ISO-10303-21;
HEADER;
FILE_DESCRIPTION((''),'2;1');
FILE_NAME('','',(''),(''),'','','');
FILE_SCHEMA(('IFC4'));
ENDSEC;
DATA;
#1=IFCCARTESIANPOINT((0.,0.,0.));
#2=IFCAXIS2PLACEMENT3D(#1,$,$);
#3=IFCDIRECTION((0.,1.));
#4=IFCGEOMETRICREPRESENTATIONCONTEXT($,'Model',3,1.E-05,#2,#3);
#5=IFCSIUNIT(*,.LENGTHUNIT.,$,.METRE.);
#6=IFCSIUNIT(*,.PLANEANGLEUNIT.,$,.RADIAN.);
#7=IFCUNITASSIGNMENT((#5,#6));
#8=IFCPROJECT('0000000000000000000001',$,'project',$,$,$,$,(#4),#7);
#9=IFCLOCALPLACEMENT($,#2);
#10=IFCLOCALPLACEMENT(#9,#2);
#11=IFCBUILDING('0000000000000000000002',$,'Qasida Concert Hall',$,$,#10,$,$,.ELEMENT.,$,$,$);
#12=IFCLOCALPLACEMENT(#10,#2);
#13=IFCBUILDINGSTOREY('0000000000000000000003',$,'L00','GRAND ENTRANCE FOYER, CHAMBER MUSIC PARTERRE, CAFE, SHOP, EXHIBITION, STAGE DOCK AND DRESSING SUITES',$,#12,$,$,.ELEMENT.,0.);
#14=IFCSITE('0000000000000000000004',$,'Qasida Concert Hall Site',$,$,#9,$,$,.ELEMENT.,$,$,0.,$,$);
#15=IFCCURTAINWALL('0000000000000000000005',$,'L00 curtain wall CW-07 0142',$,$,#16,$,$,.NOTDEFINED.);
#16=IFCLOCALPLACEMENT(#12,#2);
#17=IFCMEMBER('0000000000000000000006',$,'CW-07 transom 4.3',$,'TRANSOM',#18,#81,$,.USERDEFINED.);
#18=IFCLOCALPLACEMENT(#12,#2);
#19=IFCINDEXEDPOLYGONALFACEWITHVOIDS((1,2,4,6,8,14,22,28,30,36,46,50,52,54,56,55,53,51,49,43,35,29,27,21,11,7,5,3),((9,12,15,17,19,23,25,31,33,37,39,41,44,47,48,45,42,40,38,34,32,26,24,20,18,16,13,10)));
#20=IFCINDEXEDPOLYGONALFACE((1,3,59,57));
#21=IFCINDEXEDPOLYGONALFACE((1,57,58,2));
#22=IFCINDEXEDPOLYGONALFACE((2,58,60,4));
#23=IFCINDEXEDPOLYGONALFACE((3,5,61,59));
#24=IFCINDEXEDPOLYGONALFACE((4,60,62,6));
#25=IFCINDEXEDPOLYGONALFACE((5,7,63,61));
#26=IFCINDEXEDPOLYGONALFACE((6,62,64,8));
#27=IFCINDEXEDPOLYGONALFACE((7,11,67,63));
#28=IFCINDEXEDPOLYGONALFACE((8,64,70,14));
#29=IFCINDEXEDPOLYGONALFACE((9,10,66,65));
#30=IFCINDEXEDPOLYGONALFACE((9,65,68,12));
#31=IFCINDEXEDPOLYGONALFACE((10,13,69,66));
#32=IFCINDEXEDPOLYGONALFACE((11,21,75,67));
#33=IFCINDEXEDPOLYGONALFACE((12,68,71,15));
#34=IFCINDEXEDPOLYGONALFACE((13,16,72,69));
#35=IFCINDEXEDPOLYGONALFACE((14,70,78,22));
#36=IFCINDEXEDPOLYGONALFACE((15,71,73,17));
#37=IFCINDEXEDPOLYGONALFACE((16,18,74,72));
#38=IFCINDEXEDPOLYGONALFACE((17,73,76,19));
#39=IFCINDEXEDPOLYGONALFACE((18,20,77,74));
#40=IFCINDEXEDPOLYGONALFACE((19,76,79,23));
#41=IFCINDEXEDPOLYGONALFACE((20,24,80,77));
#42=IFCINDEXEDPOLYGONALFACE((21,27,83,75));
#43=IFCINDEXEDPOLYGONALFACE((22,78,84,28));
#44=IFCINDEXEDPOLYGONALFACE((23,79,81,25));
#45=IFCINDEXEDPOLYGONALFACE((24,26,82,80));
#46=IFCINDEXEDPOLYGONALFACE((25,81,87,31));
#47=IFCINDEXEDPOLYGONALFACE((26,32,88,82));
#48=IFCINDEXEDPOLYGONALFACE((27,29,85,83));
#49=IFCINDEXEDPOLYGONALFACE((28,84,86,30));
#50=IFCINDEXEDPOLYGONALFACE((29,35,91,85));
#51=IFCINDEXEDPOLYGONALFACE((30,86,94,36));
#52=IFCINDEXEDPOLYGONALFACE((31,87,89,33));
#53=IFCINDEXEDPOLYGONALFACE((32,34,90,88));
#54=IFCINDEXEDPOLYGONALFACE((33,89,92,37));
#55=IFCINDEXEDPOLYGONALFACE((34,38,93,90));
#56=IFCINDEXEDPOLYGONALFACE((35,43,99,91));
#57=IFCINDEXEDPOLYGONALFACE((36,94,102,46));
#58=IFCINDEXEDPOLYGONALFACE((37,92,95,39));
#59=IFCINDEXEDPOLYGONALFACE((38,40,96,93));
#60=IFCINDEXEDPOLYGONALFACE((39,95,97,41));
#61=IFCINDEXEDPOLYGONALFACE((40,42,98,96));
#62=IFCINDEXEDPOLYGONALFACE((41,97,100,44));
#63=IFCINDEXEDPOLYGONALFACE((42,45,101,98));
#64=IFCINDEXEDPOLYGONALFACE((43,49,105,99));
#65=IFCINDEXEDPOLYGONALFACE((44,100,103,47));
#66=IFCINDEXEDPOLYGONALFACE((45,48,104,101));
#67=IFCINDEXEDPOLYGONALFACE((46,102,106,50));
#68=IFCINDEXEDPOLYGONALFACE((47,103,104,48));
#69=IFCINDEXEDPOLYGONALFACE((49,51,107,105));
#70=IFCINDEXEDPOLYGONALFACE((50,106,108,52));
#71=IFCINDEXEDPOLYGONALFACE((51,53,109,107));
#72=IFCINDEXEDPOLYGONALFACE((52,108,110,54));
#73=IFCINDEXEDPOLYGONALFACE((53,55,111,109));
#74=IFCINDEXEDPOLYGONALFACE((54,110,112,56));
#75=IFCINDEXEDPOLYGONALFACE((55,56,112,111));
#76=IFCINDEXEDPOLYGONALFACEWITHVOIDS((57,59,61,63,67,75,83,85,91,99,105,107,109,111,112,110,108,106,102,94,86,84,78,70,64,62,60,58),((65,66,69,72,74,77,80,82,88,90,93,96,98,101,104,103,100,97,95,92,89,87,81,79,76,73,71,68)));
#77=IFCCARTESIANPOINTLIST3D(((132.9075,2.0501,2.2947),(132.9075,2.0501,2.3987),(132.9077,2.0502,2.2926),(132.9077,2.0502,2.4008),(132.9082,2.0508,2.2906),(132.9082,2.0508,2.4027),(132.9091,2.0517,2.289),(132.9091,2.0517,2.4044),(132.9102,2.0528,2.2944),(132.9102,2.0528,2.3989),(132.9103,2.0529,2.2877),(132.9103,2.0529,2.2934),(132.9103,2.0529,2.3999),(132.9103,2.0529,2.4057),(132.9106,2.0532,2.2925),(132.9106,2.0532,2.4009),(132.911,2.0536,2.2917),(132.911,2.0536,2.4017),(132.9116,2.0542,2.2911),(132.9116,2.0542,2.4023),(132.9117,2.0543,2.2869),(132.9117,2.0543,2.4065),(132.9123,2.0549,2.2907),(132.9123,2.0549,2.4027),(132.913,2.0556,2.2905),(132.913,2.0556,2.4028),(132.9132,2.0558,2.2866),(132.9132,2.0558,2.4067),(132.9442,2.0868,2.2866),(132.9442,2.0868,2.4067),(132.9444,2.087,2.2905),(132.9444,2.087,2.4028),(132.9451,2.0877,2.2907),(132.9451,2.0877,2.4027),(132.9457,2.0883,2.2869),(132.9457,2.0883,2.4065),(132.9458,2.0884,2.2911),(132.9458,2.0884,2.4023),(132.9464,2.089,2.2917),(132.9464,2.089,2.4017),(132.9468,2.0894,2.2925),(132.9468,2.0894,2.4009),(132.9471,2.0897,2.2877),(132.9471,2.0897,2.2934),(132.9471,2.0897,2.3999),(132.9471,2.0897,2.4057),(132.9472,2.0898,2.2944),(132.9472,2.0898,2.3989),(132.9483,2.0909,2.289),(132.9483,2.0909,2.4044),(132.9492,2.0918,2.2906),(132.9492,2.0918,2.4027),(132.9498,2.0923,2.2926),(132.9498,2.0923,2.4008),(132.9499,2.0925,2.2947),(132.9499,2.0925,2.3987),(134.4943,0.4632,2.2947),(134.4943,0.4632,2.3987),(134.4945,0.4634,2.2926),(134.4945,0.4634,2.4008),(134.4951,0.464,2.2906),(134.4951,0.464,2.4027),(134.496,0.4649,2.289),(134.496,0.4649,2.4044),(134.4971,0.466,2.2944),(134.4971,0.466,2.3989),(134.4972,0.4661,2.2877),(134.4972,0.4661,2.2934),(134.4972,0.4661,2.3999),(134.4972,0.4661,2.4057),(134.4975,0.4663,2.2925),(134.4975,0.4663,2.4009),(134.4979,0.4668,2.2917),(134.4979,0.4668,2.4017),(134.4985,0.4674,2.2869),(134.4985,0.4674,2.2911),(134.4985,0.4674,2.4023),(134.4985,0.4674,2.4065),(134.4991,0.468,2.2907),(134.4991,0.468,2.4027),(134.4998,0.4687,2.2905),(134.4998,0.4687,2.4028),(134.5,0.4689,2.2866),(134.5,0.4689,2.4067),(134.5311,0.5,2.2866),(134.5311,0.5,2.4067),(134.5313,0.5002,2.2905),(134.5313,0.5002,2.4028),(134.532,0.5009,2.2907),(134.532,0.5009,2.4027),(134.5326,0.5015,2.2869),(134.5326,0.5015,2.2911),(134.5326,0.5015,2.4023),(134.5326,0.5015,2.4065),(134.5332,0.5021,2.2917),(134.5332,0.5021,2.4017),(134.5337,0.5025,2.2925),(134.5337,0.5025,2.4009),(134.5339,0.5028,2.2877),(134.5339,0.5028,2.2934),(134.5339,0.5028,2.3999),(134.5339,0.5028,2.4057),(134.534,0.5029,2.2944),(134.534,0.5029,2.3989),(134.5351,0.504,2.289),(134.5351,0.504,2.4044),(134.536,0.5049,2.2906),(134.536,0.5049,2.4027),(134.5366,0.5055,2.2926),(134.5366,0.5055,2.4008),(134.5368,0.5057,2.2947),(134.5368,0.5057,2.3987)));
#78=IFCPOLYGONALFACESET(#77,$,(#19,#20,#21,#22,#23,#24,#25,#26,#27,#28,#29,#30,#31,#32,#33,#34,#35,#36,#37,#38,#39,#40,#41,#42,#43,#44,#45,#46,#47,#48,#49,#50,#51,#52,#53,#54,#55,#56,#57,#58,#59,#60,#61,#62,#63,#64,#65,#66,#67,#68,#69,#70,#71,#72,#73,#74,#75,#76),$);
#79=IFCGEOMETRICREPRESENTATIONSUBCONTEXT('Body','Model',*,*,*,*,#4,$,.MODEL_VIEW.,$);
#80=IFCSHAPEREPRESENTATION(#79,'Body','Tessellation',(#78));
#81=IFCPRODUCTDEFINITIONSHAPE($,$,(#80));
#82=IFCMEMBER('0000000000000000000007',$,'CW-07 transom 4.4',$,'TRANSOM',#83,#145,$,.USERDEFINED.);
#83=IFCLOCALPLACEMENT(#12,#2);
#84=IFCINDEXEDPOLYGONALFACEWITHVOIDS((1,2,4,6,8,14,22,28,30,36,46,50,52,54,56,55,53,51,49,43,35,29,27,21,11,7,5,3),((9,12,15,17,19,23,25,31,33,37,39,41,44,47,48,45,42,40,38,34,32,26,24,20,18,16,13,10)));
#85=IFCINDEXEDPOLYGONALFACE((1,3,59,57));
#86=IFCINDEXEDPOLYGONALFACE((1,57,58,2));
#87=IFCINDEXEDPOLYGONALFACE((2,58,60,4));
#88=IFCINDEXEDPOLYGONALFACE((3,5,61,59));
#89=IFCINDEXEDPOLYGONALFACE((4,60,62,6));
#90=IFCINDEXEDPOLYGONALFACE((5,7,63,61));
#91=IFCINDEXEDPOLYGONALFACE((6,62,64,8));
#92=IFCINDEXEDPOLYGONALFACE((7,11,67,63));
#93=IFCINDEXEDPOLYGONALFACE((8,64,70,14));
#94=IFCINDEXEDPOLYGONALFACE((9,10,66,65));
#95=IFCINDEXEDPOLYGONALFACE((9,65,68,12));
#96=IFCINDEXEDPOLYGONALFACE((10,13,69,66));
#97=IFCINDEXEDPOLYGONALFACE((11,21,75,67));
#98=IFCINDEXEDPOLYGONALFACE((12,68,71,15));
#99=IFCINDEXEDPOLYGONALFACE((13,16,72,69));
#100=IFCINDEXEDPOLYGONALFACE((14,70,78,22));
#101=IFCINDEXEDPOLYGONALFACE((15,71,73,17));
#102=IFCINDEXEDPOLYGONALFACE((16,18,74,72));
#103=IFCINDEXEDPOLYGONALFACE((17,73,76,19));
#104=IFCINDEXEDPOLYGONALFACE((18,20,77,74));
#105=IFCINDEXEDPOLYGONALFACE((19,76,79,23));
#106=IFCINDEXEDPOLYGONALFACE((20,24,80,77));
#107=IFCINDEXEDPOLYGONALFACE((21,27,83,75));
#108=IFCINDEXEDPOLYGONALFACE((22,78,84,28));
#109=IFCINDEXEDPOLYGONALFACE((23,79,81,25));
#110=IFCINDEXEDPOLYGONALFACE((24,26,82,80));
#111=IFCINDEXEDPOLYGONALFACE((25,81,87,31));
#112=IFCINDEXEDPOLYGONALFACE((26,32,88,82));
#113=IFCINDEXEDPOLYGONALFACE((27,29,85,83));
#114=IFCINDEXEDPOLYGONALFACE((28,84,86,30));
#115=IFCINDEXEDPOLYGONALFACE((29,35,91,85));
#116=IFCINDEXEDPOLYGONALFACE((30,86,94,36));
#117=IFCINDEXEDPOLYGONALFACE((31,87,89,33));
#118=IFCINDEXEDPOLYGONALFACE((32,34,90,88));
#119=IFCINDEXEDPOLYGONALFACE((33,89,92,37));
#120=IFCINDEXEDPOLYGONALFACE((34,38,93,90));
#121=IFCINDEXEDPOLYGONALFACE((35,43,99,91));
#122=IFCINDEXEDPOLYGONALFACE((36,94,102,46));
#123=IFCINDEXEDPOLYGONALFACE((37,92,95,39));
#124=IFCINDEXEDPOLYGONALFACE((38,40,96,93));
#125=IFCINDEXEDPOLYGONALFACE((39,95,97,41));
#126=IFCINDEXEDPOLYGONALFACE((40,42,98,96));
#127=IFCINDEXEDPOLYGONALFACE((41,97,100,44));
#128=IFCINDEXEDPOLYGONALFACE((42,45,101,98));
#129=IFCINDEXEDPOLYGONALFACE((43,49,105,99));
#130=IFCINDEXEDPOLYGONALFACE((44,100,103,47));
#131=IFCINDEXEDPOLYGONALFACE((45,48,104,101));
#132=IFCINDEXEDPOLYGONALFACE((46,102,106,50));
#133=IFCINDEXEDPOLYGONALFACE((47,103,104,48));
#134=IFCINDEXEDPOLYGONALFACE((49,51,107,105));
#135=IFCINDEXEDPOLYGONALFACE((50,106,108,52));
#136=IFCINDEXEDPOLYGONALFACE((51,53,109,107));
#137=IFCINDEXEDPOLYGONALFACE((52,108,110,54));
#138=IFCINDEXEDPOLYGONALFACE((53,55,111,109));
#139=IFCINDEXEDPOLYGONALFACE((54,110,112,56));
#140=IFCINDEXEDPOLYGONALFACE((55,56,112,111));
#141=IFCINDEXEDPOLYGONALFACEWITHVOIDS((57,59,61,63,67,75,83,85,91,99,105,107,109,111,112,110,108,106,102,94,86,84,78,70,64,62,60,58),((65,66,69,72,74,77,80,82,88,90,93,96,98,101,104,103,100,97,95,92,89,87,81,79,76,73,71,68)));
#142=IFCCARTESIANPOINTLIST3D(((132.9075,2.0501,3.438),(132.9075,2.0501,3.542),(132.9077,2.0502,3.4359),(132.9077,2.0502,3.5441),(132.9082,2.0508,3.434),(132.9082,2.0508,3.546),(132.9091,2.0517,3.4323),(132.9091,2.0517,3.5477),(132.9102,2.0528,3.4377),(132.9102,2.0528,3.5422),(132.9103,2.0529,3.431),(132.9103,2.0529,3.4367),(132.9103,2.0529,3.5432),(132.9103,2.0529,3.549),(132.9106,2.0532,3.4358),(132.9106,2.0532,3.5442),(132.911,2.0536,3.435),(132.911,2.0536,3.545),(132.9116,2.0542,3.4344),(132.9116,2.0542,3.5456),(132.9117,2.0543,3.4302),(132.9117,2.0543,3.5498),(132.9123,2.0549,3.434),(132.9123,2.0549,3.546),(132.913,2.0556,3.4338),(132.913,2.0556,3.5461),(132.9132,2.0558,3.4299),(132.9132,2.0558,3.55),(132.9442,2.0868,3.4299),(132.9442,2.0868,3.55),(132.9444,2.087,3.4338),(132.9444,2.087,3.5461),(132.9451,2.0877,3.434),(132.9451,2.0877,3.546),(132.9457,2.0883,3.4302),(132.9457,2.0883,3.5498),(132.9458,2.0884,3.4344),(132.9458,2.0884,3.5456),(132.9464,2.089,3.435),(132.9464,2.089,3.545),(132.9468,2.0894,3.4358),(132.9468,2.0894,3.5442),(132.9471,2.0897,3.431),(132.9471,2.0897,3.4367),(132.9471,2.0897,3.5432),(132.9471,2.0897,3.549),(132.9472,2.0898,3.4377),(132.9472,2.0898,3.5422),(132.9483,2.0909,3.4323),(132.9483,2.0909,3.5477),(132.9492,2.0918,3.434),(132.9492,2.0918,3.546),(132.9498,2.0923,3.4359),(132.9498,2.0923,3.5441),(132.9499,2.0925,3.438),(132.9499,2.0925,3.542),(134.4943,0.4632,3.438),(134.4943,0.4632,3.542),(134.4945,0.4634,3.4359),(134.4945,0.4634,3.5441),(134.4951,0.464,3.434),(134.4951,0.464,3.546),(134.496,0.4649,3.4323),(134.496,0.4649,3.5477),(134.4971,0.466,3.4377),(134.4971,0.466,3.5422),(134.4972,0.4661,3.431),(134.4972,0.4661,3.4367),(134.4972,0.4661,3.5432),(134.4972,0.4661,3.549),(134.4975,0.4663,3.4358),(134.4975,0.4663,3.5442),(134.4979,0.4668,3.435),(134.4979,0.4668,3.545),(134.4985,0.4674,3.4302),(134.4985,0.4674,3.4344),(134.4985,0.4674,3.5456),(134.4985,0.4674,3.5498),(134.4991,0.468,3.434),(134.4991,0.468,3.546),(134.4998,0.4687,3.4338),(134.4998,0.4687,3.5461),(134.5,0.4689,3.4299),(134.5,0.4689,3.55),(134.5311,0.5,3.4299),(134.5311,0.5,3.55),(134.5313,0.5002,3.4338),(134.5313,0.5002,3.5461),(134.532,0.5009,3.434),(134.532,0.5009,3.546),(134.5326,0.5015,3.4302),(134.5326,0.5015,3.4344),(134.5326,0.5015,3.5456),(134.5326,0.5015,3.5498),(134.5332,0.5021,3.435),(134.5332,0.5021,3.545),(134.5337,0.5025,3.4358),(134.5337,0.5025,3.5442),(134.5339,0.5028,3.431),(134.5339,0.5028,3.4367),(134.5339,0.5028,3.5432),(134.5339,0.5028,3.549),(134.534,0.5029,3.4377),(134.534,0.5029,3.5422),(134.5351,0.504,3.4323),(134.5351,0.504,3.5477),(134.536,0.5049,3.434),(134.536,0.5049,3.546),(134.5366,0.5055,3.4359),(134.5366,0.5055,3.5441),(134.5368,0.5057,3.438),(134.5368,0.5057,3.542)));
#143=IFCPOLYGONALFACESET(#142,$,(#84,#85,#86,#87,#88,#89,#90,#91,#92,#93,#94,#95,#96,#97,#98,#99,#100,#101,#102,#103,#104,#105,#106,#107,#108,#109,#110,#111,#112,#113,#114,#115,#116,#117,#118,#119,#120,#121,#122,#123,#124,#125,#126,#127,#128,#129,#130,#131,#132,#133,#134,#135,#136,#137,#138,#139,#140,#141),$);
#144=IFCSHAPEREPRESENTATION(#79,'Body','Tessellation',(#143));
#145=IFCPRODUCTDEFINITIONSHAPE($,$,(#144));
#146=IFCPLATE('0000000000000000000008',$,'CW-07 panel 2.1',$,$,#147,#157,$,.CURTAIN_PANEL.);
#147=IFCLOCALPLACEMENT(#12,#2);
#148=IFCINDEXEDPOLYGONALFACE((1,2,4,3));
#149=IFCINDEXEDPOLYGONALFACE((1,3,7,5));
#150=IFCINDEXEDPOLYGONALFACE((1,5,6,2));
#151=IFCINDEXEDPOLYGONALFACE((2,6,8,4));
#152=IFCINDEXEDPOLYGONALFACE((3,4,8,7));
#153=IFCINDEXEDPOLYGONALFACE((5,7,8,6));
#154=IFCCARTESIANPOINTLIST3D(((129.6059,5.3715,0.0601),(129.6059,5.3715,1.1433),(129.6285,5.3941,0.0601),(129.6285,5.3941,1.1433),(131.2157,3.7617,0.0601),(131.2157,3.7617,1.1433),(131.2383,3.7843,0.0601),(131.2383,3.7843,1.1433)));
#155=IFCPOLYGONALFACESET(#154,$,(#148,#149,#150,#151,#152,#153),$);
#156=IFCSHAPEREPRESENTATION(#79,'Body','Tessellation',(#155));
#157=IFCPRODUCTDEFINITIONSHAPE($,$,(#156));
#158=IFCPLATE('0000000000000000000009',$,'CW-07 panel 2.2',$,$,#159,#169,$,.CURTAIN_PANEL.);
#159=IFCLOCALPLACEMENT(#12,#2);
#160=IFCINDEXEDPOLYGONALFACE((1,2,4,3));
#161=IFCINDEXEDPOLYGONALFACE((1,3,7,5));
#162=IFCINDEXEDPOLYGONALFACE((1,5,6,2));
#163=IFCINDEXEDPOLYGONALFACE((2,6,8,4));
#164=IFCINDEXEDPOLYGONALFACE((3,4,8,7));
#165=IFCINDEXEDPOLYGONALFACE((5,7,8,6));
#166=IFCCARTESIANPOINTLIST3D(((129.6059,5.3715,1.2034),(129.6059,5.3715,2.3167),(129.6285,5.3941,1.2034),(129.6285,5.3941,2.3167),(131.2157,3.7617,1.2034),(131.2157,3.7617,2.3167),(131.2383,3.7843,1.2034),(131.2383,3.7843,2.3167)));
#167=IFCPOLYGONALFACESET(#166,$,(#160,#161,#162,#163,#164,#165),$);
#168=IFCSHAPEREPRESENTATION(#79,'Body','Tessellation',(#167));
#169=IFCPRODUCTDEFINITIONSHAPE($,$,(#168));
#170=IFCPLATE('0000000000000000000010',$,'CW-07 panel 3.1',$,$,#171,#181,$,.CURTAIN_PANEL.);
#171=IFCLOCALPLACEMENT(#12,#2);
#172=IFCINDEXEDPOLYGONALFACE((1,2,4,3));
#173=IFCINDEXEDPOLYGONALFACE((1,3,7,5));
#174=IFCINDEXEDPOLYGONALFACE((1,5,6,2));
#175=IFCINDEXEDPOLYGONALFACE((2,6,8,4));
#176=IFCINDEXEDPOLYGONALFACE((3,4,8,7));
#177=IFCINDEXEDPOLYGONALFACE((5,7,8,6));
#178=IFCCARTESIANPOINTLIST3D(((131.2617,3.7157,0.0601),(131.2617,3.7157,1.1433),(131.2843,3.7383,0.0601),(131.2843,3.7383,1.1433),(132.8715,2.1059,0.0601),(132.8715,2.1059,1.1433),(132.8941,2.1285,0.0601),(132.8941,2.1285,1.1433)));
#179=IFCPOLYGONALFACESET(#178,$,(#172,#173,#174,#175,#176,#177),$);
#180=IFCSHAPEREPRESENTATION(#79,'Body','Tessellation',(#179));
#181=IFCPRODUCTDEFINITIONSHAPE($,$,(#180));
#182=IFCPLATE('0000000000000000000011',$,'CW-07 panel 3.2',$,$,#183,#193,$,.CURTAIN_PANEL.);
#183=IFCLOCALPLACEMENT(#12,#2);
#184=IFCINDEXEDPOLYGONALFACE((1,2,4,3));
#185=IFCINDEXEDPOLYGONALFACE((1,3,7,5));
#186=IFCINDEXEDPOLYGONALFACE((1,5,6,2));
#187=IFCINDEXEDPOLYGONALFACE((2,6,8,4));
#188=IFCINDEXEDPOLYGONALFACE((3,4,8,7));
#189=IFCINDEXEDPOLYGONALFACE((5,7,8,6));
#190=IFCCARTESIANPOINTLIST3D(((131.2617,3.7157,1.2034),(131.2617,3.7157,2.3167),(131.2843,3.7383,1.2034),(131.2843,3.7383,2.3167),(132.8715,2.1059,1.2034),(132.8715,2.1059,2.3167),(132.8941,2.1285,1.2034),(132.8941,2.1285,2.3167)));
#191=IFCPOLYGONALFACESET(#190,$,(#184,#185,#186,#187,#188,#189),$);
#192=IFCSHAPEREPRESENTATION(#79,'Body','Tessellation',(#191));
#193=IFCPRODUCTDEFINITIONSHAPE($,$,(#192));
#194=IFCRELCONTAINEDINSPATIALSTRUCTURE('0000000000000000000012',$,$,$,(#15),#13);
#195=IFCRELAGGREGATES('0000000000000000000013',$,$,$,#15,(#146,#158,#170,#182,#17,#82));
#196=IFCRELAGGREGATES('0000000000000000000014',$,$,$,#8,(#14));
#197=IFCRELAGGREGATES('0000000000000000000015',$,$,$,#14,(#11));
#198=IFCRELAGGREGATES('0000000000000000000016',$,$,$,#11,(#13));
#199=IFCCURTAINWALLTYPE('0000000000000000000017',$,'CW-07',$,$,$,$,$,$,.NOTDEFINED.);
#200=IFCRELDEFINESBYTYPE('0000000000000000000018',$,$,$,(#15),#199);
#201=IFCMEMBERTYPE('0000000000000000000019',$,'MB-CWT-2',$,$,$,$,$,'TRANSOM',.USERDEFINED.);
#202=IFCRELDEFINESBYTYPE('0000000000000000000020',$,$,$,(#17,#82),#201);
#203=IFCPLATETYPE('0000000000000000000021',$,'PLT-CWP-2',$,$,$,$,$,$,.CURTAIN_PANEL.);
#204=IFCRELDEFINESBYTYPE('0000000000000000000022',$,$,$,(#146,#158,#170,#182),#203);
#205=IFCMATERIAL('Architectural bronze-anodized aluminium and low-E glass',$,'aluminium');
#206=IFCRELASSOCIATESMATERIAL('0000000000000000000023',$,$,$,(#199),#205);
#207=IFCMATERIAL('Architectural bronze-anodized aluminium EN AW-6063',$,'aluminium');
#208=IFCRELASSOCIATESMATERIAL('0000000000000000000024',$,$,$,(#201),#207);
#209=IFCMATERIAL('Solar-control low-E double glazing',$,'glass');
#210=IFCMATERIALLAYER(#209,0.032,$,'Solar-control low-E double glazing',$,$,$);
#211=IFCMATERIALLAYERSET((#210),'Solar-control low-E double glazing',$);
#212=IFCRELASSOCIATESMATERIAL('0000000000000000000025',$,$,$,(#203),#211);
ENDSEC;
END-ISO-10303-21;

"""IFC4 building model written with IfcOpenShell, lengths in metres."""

from ifc_helpers import new_model, si_unit, direction, frame, origin, origin_2d, place, context, subcontext, project, spatial, rectangle, hollow_rectangle, extrude, material, layer, layer_set, material_profile, profile_set, type_object, element, aggregate, save


model = new_model("IFC4")

# Units and contexts
model_context = context("Model", 3, precision=1e-05, world=origin(), true_north=direction((0.0, 1.0)))
body_context = subcontext(model_context, "Body", "Model", "MODEL_VIEW")
ifc_project = project(units=[si_unit("LENGTHUNIT", "METRE"), si_unit("PLANEANGLEUNIT", "RADIAN")], contexts=[model_context])

# Site, building, storey
site_placement = place(None, origin())
site = spatial("IfcSite", under=ifc_project, at=site_placement, Name="Qasida Concert Hall Site", CompositionType="ELEMENT", RefElevation=0.0)
building_placement = place(site_placement, origin())
building = spatial("IfcBuilding", under=site, at=building_placement, Name="Qasida Concert Hall", CompositionType="ELEMENT")
storey_placement = place(building_placement, origin())
storey = spatial("IfcBuildingStorey", under=building, at=storey_placement, Name="L00", Description="GRAND ENTRANCE FOYER, CHAMBER MUSIC PARTERRE, CAFE, SHOP, EXHIBITION, STAGE DOCK AND DRESSING SUITES", CompositionType="ELEMENT", Elevation=0.0)

# Curtain wall, members, plates
ifc_material_1 = material(Name="Architectural bronze-anodized aluminium and low-E glass", Category="aluminium")
curtain_wall_type = type_object("IfcCurtainWallType", Name="CW-07", PredefinedType="NOTDEFINED", material=ifc_material_1)
curtain_wall_placement = place(storey_placement, origin())
curtain_wall = element("IfcCurtainWall", 1, at=curtain_wall_placement, inside=storey, type_object=curtain_wall_type, Name="L00 curtain wall CW-07 0142", PredefinedType="NOTDEFINED")
ifc_material_2 = material(Name="Architectural bronze-anodized aluminium EN AW-6063", Category="aluminium")
ifc_material_profile_1 = material_profile(ifc_material_2, hollow_rectangle(XDim=0.0601, YDim=0.1201, WallThickness=0.0039, InnerFilletRadius=0.0039, OuterFilletRadius=0.0081, at=origin_2d()), Name="CWT 120x60x4")
ifc_profile_set_1 = profile_set([ifc_material_profile_1], Name="Architectural bronze-anodized aluminium EN AW-6063")
member_type_1 = type_object("IfcMemberType", Name="MB-CWT-2", ElementType="TRANSOM", PredefinedType="USERDEFINED", material=ifc_profile_set_1)
member_1_placement = place(storey_placement, frame((132.9287, 2.0713, 2.3467), z_axis=(0.707107, -0.707107, 0.0), x_axis=(0.707107, 0.707107, 0.0)))
member_1 = element("IfcMember", 2, at=member_1_placement, type_object=member_type_1, Name="CW-07 transom 4.3", ObjectType="TRANSOM", PredefinedType="USERDEFINED", context=body_context, shape_type="SweptSolid", body=[
    extrude(hollow_rectangle(XDim=0.0601, YDim=0.1201, WallThickness=0.0039, InnerFilletRadius=0.0039, OuterFilletRadius=0.0081, at=origin_2d()), origin(), (0.0, 0.0, 1.0), 2.2441),
])
member_2_placement = place(storey_placement, frame((132.9287, 2.0713, 3.49), z_axis=(0.707107, -0.707107, 0.0), x_axis=(0.707107, 0.707107, 0.0)))
member_2 = element("IfcMember", 3, at=member_2_placement, type_object=member_type_1, Name="CW-07 transom 4.4", ObjectType="TRANSOM", PredefinedType="USERDEFINED", context=body_context, shape_type="SweptSolid", body=[
    extrude(hollow_rectangle(XDim=0.0601, YDim=0.1201, WallThickness=0.0039, InnerFilletRadius=0.0039, OuterFilletRadius=0.0081, at=origin_2d()), origin(), (0.0, 0.0, 1.0), 2.2441),
])
ifc_material_3 = material(Name="Solar-control low-E double glazing", Category="glass")
ifc_layer_1 = layer(ifc_material_3, 0.032, Name="Solar-control low-E double glazing")
ifc_layer_set_1 = layer_set([ifc_layer_1], Name="Solar-control low-E double glazing")
plate_type = type_object("IfcPlateType", Name="PLT-CWP-2", PredefinedType="CURTAIN_PANEL", material=ifc_layer_set_1)
plate_1_placement = place(storey_placement, frame((130.4221, 4.5779, 0.0601), z_axis=(0.0, 0.0, 1.0), x_axis=(0.707107, -0.707107, 0.0)))
plate_1 = element("IfcPlate", 4, at=plate_1_placement, type_object=plate_type, Name="CW-07 panel 2.1", PredefinedType="CURTAIN_PANEL", context=body_context, shape_type="SweptSolid", body=[
    extrude(rectangle(XDim=2.2766, YDim=0.032, at=origin_2d()), origin(), (0.0, 0.0, 1.0), 1.0833),
])
plate_2_placement = place(storey_placement, frame((130.4221, 4.5779, 1.2034), z_axis=(0.0, 0.0, 1.0), x_axis=(0.707107, -0.707107, 0.0)))
plate_2 = element("IfcPlate", 5, at=plate_2_placement, type_object=plate_type, Name="CW-07 panel 2.2", PredefinedType="CURTAIN_PANEL", context=body_context, shape_type="SweptSolid", body=[
    extrude(rectangle(XDim=2.2766, YDim=0.032, at=origin_2d()), origin(), (0.0, 0.0, 1.0), 1.1133),
])
plate_3_placement = place(storey_placement, frame((132.0779, 2.9221, 0.0601), z_axis=(0.0, 0.0, 1.0), x_axis=(0.707107, -0.707107, 0.0)))
plate_3 = element("IfcPlate", 6, at=plate_3_placement, type_object=plate_type, Name="CW-07 panel 3.1", PredefinedType="CURTAIN_PANEL", context=body_context, shape_type="SweptSolid", body=[
    extrude(rectangle(XDim=2.2766, YDim=0.032, at=origin_2d()), origin(), (0.0, 0.0, 1.0), 1.0833),
])
plate_4_placement = place(storey_placement, frame((132.0779, 2.9221, 1.2034), z_axis=(0.0, 0.0, 1.0), x_axis=(0.707107, -0.707107, 0.0)))
plate_4 = element("IfcPlate", 7, at=plate_4_placement, type_object=plate_type, Name="CW-07 panel 3.2", PredefinedType="CURTAIN_PANEL", context=body_context, shape_type="SweptSolid", body=[
    extrude(rectangle(XDim=2.2766, YDim=0.032, at=origin_2d()), origin(), (0.0, 0.0, 1.0), 1.1133),
])
aggregate(curtain_wall, [plate_1, plate_2, plate_3, plate_4, member_1, member_2])

save(model, "model.ifc")
